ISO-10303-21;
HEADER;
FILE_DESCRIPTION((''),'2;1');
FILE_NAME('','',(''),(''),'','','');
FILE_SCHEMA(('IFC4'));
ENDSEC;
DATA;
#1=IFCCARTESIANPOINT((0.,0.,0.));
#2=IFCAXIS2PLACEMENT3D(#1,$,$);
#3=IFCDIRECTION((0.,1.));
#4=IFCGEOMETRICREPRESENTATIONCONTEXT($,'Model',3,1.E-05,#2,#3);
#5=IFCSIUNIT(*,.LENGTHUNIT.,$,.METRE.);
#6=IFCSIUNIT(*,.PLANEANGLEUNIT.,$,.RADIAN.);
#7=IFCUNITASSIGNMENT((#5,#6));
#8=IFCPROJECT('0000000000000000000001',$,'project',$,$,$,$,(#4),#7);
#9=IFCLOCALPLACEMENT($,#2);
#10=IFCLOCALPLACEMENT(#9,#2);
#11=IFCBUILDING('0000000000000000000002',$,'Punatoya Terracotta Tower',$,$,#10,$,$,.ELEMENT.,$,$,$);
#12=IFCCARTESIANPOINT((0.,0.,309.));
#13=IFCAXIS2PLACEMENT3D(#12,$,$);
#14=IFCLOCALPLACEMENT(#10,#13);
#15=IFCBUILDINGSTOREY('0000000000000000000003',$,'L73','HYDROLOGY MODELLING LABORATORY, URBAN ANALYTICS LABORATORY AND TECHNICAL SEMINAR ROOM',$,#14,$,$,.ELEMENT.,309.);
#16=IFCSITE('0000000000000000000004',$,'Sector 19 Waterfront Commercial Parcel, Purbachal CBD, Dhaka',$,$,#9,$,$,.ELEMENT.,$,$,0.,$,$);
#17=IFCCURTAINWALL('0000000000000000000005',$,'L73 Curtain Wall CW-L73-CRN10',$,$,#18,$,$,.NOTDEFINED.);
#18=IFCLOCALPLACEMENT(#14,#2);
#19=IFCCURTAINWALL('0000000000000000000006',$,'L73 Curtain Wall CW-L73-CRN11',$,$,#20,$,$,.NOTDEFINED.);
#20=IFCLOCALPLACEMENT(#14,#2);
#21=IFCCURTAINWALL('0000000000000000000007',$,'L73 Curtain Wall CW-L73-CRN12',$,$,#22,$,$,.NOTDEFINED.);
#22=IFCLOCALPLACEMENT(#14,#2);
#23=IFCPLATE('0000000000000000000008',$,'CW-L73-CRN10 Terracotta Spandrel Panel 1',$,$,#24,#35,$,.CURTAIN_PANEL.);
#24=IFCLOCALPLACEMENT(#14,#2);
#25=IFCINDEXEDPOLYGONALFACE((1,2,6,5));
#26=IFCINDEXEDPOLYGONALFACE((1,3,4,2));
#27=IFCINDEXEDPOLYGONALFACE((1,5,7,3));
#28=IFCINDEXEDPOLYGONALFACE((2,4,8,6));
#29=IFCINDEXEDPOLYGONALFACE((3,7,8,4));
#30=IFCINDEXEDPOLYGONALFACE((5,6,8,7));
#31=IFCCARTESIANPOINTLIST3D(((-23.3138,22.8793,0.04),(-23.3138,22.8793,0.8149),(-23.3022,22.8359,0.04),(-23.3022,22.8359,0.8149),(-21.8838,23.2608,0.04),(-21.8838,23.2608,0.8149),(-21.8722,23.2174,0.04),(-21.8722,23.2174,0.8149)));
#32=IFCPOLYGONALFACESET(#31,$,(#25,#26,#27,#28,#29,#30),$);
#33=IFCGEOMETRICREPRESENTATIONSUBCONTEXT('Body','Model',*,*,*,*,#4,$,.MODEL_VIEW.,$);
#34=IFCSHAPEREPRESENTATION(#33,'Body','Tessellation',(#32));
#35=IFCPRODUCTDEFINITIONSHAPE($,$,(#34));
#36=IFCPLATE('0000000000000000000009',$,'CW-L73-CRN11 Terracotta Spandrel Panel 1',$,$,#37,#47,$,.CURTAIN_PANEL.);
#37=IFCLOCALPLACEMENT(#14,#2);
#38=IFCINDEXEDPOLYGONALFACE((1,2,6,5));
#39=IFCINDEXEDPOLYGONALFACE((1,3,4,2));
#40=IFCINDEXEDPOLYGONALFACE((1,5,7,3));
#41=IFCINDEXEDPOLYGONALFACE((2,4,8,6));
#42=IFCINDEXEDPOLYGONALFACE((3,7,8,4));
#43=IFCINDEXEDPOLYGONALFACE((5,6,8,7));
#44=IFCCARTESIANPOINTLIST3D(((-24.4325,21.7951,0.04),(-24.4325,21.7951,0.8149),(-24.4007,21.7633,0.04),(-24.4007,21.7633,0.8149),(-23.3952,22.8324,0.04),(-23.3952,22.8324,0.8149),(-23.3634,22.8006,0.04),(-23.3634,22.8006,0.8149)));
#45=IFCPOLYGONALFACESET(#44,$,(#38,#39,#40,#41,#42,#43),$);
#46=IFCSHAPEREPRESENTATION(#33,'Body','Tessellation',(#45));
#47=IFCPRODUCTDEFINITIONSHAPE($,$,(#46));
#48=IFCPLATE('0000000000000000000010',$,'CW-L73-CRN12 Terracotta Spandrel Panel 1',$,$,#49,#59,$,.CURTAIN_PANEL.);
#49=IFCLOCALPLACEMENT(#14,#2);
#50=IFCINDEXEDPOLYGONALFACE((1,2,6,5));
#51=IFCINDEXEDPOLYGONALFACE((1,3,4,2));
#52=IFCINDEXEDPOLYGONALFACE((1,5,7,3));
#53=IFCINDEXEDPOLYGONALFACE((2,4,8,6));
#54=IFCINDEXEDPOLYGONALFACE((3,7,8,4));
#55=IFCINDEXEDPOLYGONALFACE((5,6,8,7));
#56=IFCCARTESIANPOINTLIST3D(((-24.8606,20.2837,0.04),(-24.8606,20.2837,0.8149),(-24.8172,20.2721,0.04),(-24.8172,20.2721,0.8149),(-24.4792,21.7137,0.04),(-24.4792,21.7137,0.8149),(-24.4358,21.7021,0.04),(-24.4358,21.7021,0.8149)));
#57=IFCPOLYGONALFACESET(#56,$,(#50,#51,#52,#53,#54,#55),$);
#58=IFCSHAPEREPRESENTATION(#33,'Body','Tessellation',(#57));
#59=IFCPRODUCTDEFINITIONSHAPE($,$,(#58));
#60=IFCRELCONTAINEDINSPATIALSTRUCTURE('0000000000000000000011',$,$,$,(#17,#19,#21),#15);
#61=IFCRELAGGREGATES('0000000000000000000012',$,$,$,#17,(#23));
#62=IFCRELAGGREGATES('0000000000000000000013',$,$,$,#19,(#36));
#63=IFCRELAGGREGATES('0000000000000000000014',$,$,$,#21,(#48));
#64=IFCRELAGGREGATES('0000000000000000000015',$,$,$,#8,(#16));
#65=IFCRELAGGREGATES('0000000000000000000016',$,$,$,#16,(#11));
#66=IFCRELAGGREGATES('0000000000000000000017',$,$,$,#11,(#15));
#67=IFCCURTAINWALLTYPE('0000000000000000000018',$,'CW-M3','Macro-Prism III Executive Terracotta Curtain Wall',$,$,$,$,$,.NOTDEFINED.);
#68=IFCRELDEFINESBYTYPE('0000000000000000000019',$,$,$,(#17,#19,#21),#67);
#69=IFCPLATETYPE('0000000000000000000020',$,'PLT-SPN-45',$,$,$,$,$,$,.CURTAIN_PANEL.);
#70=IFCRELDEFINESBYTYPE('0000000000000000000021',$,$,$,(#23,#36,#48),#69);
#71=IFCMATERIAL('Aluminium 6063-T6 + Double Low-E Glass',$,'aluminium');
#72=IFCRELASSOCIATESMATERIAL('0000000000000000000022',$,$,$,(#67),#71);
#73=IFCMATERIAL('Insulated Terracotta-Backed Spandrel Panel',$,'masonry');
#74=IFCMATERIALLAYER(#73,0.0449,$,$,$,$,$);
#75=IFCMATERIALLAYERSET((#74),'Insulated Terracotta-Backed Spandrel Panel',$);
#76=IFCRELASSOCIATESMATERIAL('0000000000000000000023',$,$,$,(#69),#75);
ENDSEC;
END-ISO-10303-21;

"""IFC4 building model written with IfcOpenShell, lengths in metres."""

from ifc_helpers import new_model, si_unit, direction, frame, origin, origin_2d, place, context, subcontext, project, spatial, rectangle, extrude, material, layer, layer_set, type_object, element, aggregate, save


model = new_model("IFC4")

# Units and contexts
model_context = context("Model", 3, precision=1e-05, world=origin(), true_north=direction((0.0, 1.0)))
body_context = subcontext(model_context, "Body", "Model", "MODEL_VIEW")
ifc_project = project(units=[si_unit("LENGTHUNIT", "METRE"), si_unit("PLANEANGLEUNIT", "RADIAN")], contexts=[model_context])

# Site, building, storey
site_placement = place(None, origin())
site = spatial("IfcSite", under=ifc_project, at=site_placement, Name="Sector 19 Waterfront Commercial Parcel, Purbachal CBD, Dhaka", CompositionType="ELEMENT", RefElevation=0.0)
building_placement = place(site_placement, origin())
building = spatial("IfcBuilding", under=site, at=building_placement, Name="Punatoya Terracotta Tower", CompositionType="ELEMENT")
storey_placement = place(building_placement, frame((0.0, 0.0, 309.0)))
storey = spatial("IfcBuildingStorey", under=building, at=storey_placement, Name="L73", Description="HYDROLOGY MODELLING LABORATORY, URBAN ANALYTICS LABORATORY AND TECHNICAL SEMINAR ROOM", CompositionType="ELEMENT", Elevation=309.0)

# Shared definitions
ifc_material_1 = material(Name="Aluminium 6063-T6 + Double Low-E Glass", Category="aluminium")
curtain_wall_type = type_object("IfcCurtainWallType", Name="CW-M3", Description="Macro-Prism III Executive Terracotta Curtain Wall", PredefinedType="NOTDEFINED", material=ifc_material_1)

# Curtain walls
curtain_wall_1_placement = place(storey_placement, origin())
curtain_wall_1 = element("IfcCurtainWall", 1, at=curtain_wall_1_placement, inside=storey, type_object=curtain_wall_type, Name="L73 Curtain Wall CW-L73-CRN10", PredefinedType="NOTDEFINED")
curtain_wall_2_placement = place(storey_placement, origin())
curtain_wall_2 = element("IfcCurtainWall", 2, at=curtain_wall_2_placement, inside=storey, type_object=curtain_wall_type, Name="L73 Curtain Wall CW-L73-CRN11", PredefinedType="NOTDEFINED")
curtain_wall_3_placement = place(storey_placement, origin())
curtain_wall_3 = element("IfcCurtainWall", 3, at=curtain_wall_3_placement, inside=storey, type_object=curtain_wall_type, Name="L73 Curtain Wall CW-L73-CRN12", PredefinedType="NOTDEFINED")

# Plates
ifc_material_2 = material(Name="Insulated Terracotta-Backed Spandrel Panel", Category="masonry")
ifc_layer_1 = layer(ifc_material_2, 0.0449)
ifc_layer_set_1 = layer_set([ifc_layer_1], Name="Insulated Terracotta-Backed Spandrel Panel")
plate_type_1 = type_object("IfcPlateType", Name="PLT-SPN-45", PredefinedType="CURTAIN_PANEL", material=ifc_layer_set_1)
plate_1_placement = place(storey_placement, frame((-22.593, 23.0483, 0.04), z_axis=(0.0, 0.0, 1.0), x_axis=(-0.966214, -0.257742, 0.0)))
plate_1 = element("IfcPlate", 4, at=plate_1_placement, type_object=plate_type_1, Name="CW-L73-CRN10 Terracotta Spandrel Panel 1", PredefinedType="CURTAIN_PANEL", context=body_context, shape_type="SweptSolid", body=[
    extrude(rectangle(XDim=1.48, YDim=0.0449, at=origin_2d()), origin(), (0.0, 0.0, 1.0), 0.7749),
])
aggregate(curtain_wall_1, [plate_1])
plate_2_placement = place(storey_placement, frame((-23.8979, 22.2979, 0.04), z_axis=(0.0, 0.0, 1.0), x_axis=(-0.707107, -0.707107, 0.0)))
plate_2 = element("IfcPlate", 5, at=plate_2_placement, type_object=plate_type_1, Name="CW-L73-CRN11 Terracotta Spandrel Panel 1", PredefinedType="CURTAIN_PANEL", context=body_context, shape_type="SweptSolid", body=[
    extrude(rectangle(XDim=1.467, YDim=0.0449, at=origin_2d()), origin(), (0.0, 0.0, 1.0), 0.7749),
])
aggregate(curtain_wall_2, [plate_2])
plate_3_placement = place(storey_placement, frame((-24.6482, 20.9929, 0.04), z_axis=(0.0, 0.0, 1.0), x_axis=(-0.257742, -0.966214, 0.0)))
plate_3 = element("IfcPlate", 6, at=plate_3_placement, type_object=plate_type_1, Name="CW-L73-CRN12 Terracotta Spandrel Panel 1", PredefinedType="CURTAIN_PANEL", context=body_context, shape_type="SweptSolid", body=[
    extrude(rectangle(XDim=1.48, YDim=0.0449, at=origin_2d()), origin(), (0.0, 0.0, 1.0), 0.7749),
])
aggregate(curtain_wall_3, [plate_3])

save(model, "model.ifc")
